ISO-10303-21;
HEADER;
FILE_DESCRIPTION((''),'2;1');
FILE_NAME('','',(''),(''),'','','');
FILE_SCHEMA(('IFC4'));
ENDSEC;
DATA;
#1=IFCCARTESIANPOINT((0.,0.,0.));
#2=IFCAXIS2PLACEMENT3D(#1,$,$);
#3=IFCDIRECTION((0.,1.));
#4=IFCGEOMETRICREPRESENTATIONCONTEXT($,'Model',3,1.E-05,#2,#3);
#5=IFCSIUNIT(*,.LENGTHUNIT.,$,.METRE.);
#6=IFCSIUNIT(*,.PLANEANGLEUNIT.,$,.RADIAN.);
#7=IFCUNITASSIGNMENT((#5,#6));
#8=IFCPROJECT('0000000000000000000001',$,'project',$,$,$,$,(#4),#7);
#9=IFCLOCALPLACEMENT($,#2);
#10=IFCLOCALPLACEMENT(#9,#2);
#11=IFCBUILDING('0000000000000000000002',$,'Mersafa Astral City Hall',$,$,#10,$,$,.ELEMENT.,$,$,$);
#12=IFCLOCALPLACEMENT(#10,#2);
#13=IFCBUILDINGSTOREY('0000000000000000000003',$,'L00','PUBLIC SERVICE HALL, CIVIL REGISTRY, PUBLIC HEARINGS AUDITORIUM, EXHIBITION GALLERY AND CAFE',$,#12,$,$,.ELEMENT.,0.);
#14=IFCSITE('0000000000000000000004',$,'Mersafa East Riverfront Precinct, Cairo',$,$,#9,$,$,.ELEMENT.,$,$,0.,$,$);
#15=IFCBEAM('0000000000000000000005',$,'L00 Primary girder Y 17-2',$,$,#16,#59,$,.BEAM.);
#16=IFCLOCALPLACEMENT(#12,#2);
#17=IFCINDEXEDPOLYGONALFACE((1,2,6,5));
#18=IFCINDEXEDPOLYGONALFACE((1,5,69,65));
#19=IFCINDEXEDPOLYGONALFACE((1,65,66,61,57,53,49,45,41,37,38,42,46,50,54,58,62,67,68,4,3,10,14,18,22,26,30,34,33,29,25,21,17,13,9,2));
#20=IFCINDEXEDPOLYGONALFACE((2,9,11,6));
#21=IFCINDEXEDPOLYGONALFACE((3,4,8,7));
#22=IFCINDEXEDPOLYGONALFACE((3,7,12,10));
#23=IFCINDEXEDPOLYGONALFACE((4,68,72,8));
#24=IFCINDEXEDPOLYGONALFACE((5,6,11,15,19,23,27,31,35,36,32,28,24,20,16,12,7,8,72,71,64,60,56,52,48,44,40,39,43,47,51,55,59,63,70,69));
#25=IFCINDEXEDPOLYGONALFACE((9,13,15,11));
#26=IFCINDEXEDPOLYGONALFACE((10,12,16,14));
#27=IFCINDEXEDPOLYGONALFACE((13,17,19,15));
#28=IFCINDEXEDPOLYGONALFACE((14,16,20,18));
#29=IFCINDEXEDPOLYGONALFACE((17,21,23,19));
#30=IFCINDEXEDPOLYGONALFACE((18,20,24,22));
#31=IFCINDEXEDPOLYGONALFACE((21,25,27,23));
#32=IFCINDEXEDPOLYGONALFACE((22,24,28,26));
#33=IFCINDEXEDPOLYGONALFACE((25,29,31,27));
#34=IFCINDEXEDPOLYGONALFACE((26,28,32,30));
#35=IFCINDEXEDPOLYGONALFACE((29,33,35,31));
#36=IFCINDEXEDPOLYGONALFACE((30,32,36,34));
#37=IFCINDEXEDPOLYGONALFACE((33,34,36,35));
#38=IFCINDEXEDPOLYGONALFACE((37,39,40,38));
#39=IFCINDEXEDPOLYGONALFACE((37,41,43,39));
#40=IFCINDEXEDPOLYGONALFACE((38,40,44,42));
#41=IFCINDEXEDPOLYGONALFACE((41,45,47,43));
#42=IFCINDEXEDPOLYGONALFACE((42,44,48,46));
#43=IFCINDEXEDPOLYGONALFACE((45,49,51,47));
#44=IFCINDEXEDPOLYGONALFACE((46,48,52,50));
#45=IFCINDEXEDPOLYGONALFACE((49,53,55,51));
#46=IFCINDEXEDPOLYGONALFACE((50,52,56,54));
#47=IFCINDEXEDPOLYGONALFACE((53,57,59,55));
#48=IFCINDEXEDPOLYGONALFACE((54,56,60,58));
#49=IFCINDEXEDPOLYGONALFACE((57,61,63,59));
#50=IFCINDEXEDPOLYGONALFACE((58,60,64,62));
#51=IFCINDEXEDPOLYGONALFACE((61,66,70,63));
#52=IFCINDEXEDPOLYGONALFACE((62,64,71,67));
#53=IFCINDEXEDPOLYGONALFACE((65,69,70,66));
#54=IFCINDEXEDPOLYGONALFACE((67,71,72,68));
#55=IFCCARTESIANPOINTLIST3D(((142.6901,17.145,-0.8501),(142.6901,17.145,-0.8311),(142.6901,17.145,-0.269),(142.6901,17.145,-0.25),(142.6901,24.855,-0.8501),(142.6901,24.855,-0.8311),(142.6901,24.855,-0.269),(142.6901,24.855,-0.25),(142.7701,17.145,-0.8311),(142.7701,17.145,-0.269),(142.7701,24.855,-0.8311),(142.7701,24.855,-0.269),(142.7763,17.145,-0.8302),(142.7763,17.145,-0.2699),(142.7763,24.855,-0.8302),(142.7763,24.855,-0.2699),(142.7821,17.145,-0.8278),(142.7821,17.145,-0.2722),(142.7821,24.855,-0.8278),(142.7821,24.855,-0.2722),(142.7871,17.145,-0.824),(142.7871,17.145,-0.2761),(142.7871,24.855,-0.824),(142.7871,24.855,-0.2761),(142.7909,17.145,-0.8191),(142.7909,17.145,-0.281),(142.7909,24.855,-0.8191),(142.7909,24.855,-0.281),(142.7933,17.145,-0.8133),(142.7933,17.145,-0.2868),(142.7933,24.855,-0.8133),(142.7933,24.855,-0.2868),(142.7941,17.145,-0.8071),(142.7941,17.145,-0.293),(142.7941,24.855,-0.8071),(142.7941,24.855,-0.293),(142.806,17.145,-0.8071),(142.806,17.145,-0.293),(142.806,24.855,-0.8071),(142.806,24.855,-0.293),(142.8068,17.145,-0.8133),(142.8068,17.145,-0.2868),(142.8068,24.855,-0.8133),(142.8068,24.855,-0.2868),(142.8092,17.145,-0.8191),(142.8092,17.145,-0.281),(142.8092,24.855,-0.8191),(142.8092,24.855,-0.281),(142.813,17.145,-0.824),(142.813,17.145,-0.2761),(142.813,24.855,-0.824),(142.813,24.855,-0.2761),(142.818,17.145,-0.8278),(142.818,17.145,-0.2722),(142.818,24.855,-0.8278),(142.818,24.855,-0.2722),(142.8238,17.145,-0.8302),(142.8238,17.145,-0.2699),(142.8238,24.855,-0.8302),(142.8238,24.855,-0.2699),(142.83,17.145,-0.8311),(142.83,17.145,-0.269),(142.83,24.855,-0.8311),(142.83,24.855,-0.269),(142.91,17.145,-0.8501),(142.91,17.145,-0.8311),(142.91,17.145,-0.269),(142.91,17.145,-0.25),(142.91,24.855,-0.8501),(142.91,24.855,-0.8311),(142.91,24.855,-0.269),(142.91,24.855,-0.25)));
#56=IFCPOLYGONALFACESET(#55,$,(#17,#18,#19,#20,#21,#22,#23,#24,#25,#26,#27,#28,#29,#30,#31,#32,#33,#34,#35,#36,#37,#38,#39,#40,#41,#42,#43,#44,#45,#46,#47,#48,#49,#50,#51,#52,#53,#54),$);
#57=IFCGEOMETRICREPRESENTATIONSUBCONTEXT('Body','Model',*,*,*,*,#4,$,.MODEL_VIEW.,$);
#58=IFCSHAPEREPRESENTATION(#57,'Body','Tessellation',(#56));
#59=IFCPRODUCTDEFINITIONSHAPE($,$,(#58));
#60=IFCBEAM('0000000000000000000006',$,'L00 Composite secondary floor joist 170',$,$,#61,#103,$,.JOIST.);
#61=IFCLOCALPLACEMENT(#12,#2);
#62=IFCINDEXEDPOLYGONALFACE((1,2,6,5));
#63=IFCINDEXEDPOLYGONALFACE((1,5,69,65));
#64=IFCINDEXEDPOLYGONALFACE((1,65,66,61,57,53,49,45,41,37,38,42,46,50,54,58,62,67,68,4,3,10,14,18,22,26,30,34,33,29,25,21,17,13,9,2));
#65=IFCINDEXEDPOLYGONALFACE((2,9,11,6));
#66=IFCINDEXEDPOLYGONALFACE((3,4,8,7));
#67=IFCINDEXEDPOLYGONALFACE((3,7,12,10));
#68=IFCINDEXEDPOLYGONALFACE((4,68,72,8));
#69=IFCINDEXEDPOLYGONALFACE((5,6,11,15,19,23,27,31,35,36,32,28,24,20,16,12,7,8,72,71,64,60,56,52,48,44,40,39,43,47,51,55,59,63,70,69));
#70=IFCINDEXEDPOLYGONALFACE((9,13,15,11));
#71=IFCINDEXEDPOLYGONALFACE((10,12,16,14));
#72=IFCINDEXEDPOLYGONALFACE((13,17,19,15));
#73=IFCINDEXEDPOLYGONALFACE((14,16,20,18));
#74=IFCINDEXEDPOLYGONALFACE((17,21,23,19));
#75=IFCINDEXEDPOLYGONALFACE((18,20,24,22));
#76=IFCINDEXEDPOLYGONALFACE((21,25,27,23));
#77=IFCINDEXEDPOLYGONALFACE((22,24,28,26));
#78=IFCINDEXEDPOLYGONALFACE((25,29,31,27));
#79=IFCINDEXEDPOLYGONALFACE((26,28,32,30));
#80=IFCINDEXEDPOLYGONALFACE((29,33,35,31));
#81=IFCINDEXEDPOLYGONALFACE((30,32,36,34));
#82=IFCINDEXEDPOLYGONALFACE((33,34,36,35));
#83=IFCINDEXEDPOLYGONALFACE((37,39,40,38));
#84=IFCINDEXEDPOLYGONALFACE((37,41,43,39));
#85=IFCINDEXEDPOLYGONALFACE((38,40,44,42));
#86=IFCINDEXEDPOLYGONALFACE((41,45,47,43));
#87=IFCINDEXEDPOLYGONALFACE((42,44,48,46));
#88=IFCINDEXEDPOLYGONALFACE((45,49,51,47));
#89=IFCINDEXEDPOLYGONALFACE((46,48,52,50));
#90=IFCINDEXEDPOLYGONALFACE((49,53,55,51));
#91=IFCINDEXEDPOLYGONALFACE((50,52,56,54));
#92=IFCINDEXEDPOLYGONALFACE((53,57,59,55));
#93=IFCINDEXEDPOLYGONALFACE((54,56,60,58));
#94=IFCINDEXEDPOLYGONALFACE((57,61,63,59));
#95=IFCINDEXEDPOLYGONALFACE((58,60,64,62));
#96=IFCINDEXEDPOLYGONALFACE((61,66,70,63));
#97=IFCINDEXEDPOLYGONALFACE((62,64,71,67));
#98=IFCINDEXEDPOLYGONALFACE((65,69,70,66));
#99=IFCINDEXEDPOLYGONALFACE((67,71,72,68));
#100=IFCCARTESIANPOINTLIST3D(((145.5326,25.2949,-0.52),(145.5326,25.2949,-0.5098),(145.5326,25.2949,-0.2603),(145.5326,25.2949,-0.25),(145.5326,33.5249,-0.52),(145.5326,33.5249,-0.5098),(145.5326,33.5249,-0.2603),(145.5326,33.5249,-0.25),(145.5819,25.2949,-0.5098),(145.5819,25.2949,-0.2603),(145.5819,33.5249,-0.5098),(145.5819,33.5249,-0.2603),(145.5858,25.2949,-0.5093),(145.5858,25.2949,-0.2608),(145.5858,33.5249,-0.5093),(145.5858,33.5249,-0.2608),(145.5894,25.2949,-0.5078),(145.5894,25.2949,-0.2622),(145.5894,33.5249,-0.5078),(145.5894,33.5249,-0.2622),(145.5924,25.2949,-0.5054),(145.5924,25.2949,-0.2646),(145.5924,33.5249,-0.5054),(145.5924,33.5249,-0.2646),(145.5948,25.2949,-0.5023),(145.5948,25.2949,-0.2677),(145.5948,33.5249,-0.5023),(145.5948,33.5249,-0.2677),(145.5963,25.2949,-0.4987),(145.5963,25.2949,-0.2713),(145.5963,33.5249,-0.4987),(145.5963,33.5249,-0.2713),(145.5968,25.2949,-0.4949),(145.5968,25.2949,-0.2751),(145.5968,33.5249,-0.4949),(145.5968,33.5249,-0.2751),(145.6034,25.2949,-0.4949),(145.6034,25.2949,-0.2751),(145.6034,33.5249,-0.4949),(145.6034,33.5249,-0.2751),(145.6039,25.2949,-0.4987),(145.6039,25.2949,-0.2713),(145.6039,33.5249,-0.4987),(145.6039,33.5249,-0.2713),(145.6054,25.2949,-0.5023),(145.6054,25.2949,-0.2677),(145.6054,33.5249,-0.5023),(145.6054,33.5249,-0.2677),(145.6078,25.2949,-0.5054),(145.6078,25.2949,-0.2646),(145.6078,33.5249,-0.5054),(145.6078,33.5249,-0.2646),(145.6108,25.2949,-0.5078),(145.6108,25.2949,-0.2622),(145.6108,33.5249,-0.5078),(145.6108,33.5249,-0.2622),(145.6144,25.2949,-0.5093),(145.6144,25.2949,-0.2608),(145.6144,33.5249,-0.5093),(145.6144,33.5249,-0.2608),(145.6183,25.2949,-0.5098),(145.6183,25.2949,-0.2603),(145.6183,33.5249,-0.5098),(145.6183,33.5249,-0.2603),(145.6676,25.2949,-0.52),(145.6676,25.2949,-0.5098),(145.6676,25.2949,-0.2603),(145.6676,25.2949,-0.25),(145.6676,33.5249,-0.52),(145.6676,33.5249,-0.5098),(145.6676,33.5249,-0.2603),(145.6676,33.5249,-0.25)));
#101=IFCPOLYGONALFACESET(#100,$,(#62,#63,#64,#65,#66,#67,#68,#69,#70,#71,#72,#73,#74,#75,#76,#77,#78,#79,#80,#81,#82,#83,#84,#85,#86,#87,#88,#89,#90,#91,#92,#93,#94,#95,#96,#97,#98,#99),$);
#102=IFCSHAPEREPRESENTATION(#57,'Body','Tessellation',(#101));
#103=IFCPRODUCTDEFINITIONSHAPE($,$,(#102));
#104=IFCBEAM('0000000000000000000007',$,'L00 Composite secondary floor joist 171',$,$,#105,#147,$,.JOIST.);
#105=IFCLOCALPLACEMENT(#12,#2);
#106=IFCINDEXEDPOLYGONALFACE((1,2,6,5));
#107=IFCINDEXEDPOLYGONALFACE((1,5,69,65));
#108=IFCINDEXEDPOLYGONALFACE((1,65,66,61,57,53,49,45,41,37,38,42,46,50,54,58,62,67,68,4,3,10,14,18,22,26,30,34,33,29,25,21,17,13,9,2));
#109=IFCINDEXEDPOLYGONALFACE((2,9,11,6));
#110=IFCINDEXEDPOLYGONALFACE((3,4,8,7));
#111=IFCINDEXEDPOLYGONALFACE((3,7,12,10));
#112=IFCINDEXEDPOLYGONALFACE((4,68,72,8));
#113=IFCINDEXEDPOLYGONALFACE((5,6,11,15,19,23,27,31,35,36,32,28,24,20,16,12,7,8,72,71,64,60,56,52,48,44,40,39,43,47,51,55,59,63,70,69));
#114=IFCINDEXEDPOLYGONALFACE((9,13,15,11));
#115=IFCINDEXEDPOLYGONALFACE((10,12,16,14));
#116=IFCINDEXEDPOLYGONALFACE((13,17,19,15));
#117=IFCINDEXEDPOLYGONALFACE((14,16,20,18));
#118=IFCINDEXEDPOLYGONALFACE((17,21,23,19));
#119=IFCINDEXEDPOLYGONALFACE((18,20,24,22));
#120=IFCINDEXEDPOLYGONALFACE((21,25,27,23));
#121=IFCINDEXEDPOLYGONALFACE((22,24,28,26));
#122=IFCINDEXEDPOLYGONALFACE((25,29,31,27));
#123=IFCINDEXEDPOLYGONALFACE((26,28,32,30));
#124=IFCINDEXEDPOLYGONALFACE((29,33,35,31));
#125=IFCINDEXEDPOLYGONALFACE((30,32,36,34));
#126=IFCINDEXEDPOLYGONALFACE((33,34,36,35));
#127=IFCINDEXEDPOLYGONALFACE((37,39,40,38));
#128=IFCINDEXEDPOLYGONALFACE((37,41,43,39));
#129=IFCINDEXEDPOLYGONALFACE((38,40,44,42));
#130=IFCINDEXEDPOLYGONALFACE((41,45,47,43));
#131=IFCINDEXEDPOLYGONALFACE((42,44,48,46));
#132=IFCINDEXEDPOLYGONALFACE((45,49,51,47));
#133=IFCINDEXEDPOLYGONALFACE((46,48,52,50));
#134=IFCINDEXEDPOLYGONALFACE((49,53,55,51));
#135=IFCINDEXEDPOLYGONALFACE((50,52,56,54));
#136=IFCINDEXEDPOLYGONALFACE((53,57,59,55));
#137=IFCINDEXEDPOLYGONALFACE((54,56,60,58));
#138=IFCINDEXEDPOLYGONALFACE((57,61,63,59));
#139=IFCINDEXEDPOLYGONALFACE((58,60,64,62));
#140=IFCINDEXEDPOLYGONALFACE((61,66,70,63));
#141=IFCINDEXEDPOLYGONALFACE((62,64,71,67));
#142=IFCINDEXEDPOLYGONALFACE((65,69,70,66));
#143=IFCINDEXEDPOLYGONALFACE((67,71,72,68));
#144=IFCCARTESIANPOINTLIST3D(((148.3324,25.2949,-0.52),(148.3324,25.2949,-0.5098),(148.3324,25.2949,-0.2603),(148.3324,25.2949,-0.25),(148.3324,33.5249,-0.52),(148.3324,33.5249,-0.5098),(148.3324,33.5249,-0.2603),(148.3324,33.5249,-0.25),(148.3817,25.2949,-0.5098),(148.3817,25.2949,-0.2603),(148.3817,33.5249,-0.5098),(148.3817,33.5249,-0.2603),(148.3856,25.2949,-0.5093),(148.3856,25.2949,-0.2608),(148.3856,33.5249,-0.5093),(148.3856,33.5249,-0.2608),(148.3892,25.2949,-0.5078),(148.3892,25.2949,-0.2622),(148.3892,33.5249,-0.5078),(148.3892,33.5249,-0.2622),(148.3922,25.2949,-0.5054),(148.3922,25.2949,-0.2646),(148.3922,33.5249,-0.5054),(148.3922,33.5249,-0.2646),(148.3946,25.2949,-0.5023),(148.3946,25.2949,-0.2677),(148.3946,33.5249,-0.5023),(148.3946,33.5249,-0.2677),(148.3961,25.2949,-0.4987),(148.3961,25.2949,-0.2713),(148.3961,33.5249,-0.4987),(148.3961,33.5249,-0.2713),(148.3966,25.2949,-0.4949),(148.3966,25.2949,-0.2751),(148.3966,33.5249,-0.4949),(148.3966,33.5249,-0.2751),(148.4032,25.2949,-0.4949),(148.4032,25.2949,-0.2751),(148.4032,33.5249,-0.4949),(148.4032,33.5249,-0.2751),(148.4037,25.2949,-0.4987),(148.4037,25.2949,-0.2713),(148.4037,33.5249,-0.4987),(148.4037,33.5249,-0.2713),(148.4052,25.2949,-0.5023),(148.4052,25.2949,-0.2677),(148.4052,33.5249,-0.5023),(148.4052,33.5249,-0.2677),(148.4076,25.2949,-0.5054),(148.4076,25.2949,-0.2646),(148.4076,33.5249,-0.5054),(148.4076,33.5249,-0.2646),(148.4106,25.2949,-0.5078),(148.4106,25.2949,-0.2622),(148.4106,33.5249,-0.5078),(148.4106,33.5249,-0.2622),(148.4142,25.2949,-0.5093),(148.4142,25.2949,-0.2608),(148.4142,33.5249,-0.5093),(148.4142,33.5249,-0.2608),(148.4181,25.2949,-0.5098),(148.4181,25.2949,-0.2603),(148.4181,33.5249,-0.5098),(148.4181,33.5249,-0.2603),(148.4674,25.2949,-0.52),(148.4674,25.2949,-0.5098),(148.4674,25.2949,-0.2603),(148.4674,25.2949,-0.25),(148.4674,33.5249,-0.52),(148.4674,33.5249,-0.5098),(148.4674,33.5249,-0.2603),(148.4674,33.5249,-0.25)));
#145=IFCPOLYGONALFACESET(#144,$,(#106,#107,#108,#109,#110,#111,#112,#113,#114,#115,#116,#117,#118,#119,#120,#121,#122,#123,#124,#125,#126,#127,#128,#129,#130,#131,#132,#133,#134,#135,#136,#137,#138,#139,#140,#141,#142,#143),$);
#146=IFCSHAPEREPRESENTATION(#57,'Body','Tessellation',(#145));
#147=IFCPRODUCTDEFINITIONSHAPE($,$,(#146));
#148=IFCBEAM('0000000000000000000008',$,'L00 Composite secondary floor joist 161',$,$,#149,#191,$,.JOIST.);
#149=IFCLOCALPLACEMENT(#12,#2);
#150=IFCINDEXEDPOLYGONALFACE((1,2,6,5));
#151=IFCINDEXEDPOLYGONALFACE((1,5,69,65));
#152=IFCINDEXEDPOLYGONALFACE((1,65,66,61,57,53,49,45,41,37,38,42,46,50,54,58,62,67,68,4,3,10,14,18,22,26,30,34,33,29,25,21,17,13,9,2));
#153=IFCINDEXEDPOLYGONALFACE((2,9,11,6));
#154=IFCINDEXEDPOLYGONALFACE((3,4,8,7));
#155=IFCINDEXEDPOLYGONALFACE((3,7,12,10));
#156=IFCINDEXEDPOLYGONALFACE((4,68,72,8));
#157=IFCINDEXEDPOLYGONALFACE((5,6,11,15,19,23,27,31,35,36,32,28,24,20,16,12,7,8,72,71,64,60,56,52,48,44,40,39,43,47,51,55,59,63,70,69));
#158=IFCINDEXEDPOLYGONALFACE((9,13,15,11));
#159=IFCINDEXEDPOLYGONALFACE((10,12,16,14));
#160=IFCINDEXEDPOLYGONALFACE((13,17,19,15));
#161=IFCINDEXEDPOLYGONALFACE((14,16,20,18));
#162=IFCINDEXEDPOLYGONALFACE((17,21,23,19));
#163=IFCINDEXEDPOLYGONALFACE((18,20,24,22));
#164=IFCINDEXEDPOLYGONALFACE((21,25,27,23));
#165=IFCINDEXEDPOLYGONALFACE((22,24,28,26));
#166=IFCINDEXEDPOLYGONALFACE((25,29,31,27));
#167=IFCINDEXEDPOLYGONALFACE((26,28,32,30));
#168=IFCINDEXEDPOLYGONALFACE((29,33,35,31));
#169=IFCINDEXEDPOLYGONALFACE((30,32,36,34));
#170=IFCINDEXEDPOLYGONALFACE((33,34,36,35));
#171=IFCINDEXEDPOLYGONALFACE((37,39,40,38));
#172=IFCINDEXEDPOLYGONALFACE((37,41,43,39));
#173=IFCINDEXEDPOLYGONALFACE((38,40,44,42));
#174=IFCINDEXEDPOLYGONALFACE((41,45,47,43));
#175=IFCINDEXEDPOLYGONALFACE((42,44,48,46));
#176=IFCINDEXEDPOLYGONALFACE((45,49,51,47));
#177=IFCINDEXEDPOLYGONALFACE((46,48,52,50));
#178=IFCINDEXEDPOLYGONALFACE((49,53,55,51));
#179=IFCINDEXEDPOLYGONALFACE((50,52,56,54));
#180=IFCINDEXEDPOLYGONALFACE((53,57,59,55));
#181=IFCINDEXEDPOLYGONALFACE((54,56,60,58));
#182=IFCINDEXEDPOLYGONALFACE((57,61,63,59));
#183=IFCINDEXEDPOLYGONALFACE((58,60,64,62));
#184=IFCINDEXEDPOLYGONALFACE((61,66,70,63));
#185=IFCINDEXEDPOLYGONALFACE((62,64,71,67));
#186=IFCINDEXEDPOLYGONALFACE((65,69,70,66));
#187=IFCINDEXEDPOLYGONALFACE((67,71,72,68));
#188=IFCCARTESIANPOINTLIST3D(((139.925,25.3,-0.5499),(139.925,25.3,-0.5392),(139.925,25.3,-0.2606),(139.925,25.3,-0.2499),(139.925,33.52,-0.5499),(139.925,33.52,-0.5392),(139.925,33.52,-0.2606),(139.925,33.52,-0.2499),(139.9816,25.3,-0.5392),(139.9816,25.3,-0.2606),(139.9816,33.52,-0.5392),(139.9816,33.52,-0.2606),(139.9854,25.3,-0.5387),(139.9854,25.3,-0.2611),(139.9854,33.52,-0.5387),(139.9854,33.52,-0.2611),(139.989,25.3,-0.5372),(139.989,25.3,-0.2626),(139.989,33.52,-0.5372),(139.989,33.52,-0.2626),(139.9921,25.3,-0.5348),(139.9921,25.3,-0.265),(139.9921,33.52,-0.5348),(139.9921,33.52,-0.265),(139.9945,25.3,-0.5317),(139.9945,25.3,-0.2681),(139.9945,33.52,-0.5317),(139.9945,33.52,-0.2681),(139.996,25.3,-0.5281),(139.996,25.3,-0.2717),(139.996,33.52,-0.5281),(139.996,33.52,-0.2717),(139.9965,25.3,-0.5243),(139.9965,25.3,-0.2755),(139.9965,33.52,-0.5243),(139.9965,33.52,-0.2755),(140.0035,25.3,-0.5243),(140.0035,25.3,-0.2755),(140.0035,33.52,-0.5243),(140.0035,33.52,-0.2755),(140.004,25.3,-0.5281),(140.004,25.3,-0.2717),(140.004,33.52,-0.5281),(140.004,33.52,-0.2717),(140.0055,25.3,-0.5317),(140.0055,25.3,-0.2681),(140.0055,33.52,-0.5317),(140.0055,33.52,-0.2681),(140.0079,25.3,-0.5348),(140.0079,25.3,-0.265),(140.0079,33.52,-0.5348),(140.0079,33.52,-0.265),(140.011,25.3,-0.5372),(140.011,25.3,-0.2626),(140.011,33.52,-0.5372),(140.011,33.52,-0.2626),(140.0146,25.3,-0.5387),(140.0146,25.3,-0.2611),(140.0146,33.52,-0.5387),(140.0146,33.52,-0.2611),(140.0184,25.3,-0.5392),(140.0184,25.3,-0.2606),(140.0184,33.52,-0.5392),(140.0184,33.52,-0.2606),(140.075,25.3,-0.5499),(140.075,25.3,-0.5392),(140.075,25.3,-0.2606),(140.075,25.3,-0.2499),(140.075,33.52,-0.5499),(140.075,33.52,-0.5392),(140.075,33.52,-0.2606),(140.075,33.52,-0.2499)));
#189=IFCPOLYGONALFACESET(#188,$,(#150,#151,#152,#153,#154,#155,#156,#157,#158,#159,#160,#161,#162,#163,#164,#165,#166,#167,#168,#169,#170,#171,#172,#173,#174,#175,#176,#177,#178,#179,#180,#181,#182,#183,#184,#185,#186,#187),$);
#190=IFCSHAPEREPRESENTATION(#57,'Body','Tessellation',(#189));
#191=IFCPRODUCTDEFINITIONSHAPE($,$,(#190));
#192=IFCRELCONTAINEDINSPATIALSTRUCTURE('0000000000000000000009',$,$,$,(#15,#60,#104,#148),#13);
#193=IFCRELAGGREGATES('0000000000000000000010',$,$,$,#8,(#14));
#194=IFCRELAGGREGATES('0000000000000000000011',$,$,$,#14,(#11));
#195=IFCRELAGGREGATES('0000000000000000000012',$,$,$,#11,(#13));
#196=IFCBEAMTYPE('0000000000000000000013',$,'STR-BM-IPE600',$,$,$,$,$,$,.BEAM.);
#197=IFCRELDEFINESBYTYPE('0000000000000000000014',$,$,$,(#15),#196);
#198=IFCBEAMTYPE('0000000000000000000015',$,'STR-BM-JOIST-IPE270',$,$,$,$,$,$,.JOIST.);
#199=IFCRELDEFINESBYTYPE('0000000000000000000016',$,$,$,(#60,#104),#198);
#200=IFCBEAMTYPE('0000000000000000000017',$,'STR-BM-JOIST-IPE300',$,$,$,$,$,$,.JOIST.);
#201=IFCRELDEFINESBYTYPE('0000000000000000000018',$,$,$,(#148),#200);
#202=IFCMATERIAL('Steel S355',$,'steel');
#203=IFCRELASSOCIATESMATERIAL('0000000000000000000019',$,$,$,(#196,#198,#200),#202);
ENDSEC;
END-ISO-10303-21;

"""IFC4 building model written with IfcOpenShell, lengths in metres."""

from ifc_helpers import new_model, si_unit, direction, frame, origin, origin_2d, place, context, subcontext, project, spatial, i_section, extrude, material, material_profile, profile_set, type_object, element, save


model = new_model("IFC4")

# Units and contexts
model_context = context("Model", 3, precision=1e-05, world=origin(), true_north=direction((0.0, 1.0)))
body_context = subcontext(model_context, "Body", "Model", "MODEL_VIEW")
ifc_project = project(units=[si_unit("LENGTHUNIT", "METRE"), si_unit("PLANEANGLEUNIT", "RADIAN")], contexts=[model_context])

# Site, building, storey
site_placement = place(None, origin())
site = spatial("IfcSite", under=ifc_project, at=site_placement, Name="Mersafa East Riverfront Precinct, Cairo", CompositionType="ELEMENT", RefElevation=0.0)
building_placement = place(site_placement, origin())
building = spatial("IfcBuilding", under=site, at=building_placement, Name="Mersafa Astral City Hall", CompositionType="ELEMENT")
storey_placement = place(building_placement, origin())
storey = spatial("IfcBuildingStorey", under=building, at=storey_placement, Name="L00", Description="PUBLIC SERVICE HALL, CIVIL REGISTRY, PUBLIC HEARINGS AUDITORIUM, EXHIBITION GALLERY AND CAFE", CompositionType="ELEMENT", Elevation=0.0)

# Shared definitions
ifc_material_1 = material(Name="Steel S355", Category="steel")

# Beams
ifc_material_profile_1 = material_profile(ifc_material_1, i_section(OverallWidth=0.22, OverallDepth=0.6001, WebThickness=0.012, FlangeThickness=0.019, FilletRadius=0.0239, at=origin_2d()), Name="IPE 600")
ifc_profile_set_1 = profile_set([ifc_material_profile_1], Name="Steel S355")
beam_type_1 = type_object("IfcBeamType", Name="STR-BM-IPE600", PredefinedType="BEAM", material=ifc_profile_set_1)
beam_1_placement = place(storey_placement, frame((142.8, 17.145, -0.55), z_axis=(0.0, 1.0, 0.0), x_axis=(-1.0, 0.0, 0.0)))
element("IfcBeam", 1, at=beam_1_placement, inside=storey, type_object=beam_type_1, Name="L00 Primary girder Y 17-2", PredefinedType="BEAM", context=body_context, shape_type="SweptSolid", body=[
    extrude(i_section(OverallWidth=0.22, OverallDepth=0.6001, WebThickness=0.012, FlangeThickness=0.019, FilletRadius=0.0239, at=origin_2d()), origin(), (0.0, 0.0, 1.0), 7.71),
])
ifc_material_profile_2 = material_profile(ifc_material_1, i_section(OverallWidth=0.135, OverallDepth=0.27, WebThickness=0.0066, FlangeThickness=0.0103, FilletRadius=0.0149, at=origin_2d()), Name="IPE 270")
ifc_profile_set_2 = profile_set([ifc_material_profile_2], Name="Steel S355")
beam_type_2 = type_object("IfcBeamType", Name="STR-BM-JOIST-IPE270", PredefinedType="JOIST", material=ifc_profile_set_2)
for number, where, z_axis, x_axis, name in (
    (2, (145.6001, 25.2949, -0.385), (0.0, 1.0, 0.0), (-1.0, 0.0, 0.0), "L00 Composite secondary floor joist 170"),
    (3, (148.3999, 25.2949, -0.385), (0.0, 1.0, 0.0), (-1.0, 0.0, 0.0), "L00 Composite secondary floor joist 171"),
):
    element("IfcBeam", number, at=place(storey_placement, frame(where, z_axis=z_axis, x_axis=x_axis)), inside=storey, type_object=beam_type_2, Name=name, PredefinedType="JOIST", context=body_context, shape_type="SweptSolid", body=[
        extrude(i_section(OverallWidth=0.135, OverallDepth=0.27, WebThickness=0.0066, FlangeThickness=0.0103, FilletRadius=0.0149, at=origin_2d()), origin(), (0.0, 0.0, 1.0), 8.23),
    ])
ifc_material_profile_3 = material_profile(ifc_material_1, i_section(OverallWidth=0.1499, OverallDepth=0.3, WebThickness=0.0071, FlangeThickness=0.0107, FilletRadius=0.0149, at=origin_2d()), Name="IPE 300")
ifc_profile_set_3 = profile_set([ifc_material_profile_3], Name="Steel S355")
beam_type_3 = type_object("IfcBeamType", Name="STR-BM-JOIST-IPE300", PredefinedType="JOIST", material=ifc_profile_set_3)
beam_2_placement = place(storey_placement, frame((140.0, 25.3, -0.3999), z_axis=(0.0, 1.0, 0.0), x_axis=(-1.0, 0.0, 0.0)))
element("IfcBeam", 4, at=beam_2_placement, inside=storey, type_object=beam_type_3, Name="L00 Composite secondary floor joist 161", PredefinedType="JOIST", context=body_context, shape_type="SweptSolid", body=[
    extrude(i_section(OverallWidth=0.1499, OverallDepth=0.3, WebThickness=0.0071, FlangeThickness=0.0107, FilletRadius=0.0149, at=origin_2d()), origin(), (0.0, 0.0, 1.0), 8.22),
])

save(model, "model.ifc")
